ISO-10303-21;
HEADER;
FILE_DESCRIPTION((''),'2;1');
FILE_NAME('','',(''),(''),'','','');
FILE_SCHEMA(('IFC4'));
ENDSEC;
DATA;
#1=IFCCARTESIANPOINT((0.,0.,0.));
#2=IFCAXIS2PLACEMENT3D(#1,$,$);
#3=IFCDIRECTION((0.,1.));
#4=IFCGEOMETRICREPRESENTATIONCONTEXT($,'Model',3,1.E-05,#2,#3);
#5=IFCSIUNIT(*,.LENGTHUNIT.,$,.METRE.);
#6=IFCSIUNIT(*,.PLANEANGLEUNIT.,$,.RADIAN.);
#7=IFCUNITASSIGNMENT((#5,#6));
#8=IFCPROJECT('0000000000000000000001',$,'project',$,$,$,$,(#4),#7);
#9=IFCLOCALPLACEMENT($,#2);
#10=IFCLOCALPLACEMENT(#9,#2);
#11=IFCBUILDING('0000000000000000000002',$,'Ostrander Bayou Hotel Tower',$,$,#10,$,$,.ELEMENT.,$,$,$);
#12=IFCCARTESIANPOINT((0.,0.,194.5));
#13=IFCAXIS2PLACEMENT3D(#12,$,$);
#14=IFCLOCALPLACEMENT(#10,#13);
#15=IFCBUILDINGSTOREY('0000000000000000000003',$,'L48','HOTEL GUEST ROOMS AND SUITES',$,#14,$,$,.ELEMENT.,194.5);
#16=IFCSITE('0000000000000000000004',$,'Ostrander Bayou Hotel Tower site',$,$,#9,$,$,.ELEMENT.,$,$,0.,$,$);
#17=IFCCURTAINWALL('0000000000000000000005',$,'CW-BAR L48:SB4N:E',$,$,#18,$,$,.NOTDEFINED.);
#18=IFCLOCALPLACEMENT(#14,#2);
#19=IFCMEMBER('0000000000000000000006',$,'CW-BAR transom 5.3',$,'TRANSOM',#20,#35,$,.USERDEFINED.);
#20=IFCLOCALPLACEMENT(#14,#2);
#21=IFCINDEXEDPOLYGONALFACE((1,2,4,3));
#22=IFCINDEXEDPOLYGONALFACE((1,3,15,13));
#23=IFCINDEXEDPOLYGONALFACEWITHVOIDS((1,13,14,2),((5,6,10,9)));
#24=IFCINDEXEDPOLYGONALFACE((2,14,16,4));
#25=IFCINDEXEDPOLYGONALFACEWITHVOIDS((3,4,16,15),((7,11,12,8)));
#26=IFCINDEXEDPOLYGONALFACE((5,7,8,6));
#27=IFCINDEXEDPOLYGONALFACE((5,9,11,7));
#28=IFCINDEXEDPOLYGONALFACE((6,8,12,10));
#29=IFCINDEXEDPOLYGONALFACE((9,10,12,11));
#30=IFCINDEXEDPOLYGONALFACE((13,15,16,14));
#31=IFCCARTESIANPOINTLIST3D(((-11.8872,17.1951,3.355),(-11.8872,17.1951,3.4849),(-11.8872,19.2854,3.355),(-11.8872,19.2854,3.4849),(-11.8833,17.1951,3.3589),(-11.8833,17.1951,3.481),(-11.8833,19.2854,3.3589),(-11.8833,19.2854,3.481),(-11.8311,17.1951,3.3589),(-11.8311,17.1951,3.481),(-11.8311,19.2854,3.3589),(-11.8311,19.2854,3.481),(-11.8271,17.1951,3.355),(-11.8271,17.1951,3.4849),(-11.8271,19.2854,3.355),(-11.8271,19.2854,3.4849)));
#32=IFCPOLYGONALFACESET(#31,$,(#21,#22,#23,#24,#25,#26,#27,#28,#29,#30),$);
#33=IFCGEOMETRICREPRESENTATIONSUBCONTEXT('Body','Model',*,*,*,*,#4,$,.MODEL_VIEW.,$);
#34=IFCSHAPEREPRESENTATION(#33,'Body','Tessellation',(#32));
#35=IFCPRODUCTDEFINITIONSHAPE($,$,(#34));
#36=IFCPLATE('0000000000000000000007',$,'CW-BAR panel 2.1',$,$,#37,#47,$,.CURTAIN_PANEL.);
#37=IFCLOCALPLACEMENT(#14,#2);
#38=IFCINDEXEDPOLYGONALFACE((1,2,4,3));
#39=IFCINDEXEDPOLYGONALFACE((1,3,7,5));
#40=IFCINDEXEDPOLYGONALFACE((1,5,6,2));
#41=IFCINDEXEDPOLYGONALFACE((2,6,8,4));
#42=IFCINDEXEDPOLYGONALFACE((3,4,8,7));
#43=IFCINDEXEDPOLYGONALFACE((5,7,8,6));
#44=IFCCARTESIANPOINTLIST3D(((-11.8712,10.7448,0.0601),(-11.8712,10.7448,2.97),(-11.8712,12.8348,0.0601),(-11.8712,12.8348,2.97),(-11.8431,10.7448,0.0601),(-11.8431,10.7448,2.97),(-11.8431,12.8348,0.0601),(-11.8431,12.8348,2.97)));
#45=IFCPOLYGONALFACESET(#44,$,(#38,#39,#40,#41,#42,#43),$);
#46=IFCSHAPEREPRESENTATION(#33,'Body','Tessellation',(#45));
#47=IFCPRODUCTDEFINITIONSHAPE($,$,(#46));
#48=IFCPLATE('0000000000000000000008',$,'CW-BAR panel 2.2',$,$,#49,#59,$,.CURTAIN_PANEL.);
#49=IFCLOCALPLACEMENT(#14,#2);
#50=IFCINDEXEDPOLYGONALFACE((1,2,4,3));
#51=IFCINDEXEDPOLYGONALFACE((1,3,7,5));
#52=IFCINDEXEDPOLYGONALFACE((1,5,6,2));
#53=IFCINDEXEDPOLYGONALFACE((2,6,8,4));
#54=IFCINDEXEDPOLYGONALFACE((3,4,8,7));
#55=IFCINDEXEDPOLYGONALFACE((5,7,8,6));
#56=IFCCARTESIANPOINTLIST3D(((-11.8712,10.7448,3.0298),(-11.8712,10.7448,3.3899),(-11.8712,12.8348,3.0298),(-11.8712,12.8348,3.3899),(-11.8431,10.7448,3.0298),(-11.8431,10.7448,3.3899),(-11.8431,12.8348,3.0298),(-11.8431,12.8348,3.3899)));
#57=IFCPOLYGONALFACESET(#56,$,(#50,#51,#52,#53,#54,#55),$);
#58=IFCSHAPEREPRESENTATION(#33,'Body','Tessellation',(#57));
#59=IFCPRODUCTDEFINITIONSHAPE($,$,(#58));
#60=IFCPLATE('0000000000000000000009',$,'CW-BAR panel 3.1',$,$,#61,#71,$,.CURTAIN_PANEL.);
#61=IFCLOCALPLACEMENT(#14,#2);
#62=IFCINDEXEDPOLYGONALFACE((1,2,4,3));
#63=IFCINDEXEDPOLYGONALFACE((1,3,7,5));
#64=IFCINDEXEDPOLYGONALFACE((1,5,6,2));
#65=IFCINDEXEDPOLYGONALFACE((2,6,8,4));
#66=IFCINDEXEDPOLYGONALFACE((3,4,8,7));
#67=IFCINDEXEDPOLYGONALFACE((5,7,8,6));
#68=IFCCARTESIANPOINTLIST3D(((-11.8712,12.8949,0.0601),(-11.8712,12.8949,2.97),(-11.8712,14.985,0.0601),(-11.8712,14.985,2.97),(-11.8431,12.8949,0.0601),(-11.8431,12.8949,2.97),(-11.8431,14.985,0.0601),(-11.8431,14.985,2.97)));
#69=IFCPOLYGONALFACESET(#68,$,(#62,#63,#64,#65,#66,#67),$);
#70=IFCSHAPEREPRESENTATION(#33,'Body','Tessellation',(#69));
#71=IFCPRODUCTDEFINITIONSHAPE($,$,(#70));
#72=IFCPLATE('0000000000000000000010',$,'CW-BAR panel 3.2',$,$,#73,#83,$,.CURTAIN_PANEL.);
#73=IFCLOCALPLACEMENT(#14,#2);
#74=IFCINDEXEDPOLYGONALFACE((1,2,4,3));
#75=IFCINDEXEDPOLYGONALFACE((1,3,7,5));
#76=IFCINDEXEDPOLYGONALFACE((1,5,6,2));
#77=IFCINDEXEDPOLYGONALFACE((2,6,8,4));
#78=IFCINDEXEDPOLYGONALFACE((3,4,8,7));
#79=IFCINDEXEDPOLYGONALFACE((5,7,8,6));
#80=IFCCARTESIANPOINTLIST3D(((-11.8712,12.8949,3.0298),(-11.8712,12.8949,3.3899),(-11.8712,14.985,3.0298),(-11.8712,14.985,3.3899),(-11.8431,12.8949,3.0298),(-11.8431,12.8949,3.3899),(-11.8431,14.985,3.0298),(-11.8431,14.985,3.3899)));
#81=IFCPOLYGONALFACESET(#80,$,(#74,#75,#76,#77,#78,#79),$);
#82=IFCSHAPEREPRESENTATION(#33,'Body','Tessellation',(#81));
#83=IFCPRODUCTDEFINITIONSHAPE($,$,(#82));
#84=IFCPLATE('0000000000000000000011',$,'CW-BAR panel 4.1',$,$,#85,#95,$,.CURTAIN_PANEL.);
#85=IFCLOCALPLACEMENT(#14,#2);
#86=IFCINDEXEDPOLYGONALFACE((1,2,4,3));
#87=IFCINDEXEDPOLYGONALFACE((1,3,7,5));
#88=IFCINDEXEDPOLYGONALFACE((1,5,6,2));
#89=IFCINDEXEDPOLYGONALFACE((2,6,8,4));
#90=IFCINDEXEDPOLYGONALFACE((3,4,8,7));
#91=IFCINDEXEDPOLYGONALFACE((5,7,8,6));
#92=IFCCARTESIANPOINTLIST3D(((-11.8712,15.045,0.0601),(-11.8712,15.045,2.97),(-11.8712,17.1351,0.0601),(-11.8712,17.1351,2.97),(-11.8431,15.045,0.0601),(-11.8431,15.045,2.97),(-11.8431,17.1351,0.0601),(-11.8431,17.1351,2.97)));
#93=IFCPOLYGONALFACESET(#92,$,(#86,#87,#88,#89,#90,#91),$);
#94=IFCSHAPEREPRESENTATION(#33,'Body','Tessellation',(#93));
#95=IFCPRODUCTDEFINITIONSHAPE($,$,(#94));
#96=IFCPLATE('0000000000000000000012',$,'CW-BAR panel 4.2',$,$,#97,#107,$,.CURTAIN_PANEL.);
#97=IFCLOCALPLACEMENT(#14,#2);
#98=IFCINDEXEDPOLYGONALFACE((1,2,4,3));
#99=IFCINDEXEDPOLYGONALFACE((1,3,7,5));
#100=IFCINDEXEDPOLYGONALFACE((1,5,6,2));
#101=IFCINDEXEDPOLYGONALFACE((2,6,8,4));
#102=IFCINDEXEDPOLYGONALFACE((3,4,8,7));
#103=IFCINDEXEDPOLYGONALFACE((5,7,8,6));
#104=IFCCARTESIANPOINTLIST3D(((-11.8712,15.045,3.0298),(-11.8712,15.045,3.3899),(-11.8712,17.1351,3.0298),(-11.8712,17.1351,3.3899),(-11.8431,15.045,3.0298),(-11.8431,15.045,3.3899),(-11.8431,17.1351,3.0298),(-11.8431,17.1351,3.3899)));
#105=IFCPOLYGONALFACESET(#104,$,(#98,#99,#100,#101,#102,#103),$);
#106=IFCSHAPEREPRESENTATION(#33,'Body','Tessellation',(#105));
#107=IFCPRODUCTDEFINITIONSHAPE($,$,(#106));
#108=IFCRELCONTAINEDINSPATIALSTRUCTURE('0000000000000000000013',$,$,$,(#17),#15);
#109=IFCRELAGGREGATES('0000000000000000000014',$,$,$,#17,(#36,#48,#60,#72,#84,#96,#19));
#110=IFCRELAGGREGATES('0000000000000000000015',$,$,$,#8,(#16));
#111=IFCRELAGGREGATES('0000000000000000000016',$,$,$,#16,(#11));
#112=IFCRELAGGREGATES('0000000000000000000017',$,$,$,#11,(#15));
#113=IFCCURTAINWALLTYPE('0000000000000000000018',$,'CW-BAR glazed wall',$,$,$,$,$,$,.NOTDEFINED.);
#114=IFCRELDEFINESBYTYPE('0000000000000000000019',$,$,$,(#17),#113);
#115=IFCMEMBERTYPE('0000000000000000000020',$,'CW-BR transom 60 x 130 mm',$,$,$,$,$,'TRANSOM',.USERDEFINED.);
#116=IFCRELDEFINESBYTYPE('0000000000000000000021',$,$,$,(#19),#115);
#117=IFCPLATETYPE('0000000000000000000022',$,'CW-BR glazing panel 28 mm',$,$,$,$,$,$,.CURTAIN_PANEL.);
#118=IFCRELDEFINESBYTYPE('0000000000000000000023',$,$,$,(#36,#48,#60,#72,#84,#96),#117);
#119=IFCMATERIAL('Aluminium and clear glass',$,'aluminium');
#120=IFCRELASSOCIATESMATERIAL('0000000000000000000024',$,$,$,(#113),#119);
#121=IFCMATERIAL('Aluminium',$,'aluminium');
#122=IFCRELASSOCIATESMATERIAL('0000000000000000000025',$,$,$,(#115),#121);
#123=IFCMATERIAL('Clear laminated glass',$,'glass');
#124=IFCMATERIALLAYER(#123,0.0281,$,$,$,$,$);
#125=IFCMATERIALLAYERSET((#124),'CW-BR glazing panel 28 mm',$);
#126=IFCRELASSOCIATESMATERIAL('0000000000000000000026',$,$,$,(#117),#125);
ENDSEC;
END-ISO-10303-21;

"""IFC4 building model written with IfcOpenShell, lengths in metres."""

from ifc_helpers import new_model, si_unit, direction, frame, origin, origin_2d, place, context, subcontext, project, spatial, rectangle, hollow_rectangle, extrude, material, layer, layer_set, material_profile, profile_set, type_object, element, aggregate, save


model = new_model("IFC4")

# Units and contexts
model_context = context("Model", 3, precision=1e-05, world=origin(), true_north=direction((0.0, 1.0)))
body_context = subcontext(model_context, "Body", "Model", "MODEL_VIEW")
ifc_project = project(units=[si_unit("LENGTHUNIT", "METRE"), si_unit("PLANEANGLEUNIT", "RADIAN")], contexts=[model_context])

# Site, building, storey
site_placement = place(None, origin())
site = spatial("IfcSite", under=ifc_project, at=site_placement, Name="Ostrander Bayou Hotel Tower site", CompositionType="ELEMENT", RefElevation=0.0)
building_placement = place(site_placement, origin())
building = spatial("IfcBuilding", under=site, at=building_placement, Name="Ostrander Bayou Hotel Tower", CompositionType="ELEMENT")
storey_placement = place(building_placement, frame((0.0, 0.0, 194.5)))
storey = spatial("IfcBuildingStorey", under=building, at=storey_placement, Name="L48", Description="HOTEL GUEST ROOMS AND SUITES", CompositionType="ELEMENT", Elevation=194.5)

# Curtain wall, member, plates
ifc_material_1 = material(Name="Aluminium and clear glass", Category="aluminium")
curtain_wall_type = type_object("IfcCurtainWallType", Name="CW-BAR glazed wall", PredefinedType="NOTDEFINED", material=ifc_material_1)
curtain_wall_placement = place(storey_placement, origin())
curtain_wall = element("IfcCurtainWall", 1, at=curtain_wall_placement, inside=storey, type_object=curtain_wall_type, Name="CW-BAR L48:SB4N:E", PredefinedType="NOTDEFINED")
ifc_material_2 = material(Name="Aluminium", Category="aluminium")
ifc_material_profile = material_profile(ifc_material_2, hollow_rectangle(XDim=0.0601, YDim=0.1299, WallThickness=0.0039, at=origin_2d()))
ifc_profile_set = profile_set([ifc_material_profile], Name="Aluminium")
member_type = type_object("IfcMemberType", Name="CW-BR transom 60 x 130 mm", ElementType="TRANSOM", PredefinedType="USERDEFINED", material=ifc_profile_set)
member_1_placement = place(storey_placement, frame((-11.8572, 17.1951, 3.4199), z_axis=(0.0, 1.0, 0.0), x_axis=(-1.0, 0.0, 0.0)))
member_1 = element("IfcMember", 2, at=member_1_placement, type_object=member_type, Name="CW-BAR transom 5.3", ObjectType="TRANSOM", PredefinedType="USERDEFINED", context=body_context, shape_type="SweptSolid", body=[
    extrude(hollow_rectangle(XDim=0.0601, YDim=0.1299, WallThickness=0.0039, at=origin_2d()), origin(), (0.0, 0.0, 1.0), 2.0903),
])
ifc_material_3 = material(Name="Clear laminated glass", Category="glass")
ifc_layer = layer(ifc_material_3, 0.0281)
ifc_layer_set = layer_set([ifc_layer], Name="CW-BR glazing panel 28 mm")
plate_type = type_object("IfcPlateType", Name="CW-BR glazing panel 28 mm", PredefinedType="CURTAIN_PANEL", material=ifc_layer_set)
plate_1_placement = place(storey_placement, frame((-11.8572, 11.7898, 0.0601), z_axis=(0.0, 0.0, 1.0), x_axis=(0.0, 1.0, 0.0)))
plate_1 = element("IfcPlate", 3, at=plate_1_placement, type_object=plate_type, Name="CW-BAR panel 2.1", PredefinedType="CURTAIN_PANEL", context=body_context, shape_type="SweptSolid", body=[
    extrude(rectangle(XDim=2.0901, YDim=0.0281, at=origin_2d()), origin(), (0.0, 0.0, 1.0), 2.9099),
])
plate_2_placement = place(storey_placement, frame((-11.8572, 11.7898, 3.0298), z_axis=(0.0, 0.0, 1.0), x_axis=(0.0, 1.0, 0.0)))
plate_2 = element("IfcPlate", 4, at=plate_2_placement, type_object=plate_type, Name="CW-BAR panel 2.2", PredefinedType="CURTAIN_PANEL", context=body_context, shape_type="SweptSolid", body=[
    extrude(rectangle(XDim=2.0901, YDim=0.0281, at=origin_2d()), origin(), (0.0, 0.0, 1.0), 0.3601),
])
plate_3_placement = place(storey_placement, frame((-11.8572, 13.9399, 0.0601), z_axis=(0.0, 0.0, 1.0), x_axis=(0.0, 1.0, 0.0)))
plate_3 = element("IfcPlate", 5, at=plate_3_placement, type_object=plate_type, Name="CW-BAR panel 3.1", PredefinedType="CURTAIN_PANEL", context=body_context, shape_type="SweptSolid", body=[
    extrude(rectangle(XDim=2.0901, YDim=0.0281, at=origin_2d()), origin(), (0.0, 0.0, 1.0), 2.9099),
])
plate_4_placement = place(storey_placement, frame((-11.8572, 13.9399, 3.0298), z_axis=(0.0, 0.0, 1.0), x_axis=(0.0, 1.0, 0.0)))
plate_4 = element("IfcPlate", 6, at=plate_4_placement, type_object=plate_type, Name="CW-BAR panel 3.2", PredefinedType="CURTAIN_PANEL", context=body_context, shape_type="SweptSolid", body=[
    extrude(rectangle(XDim=2.0901, YDim=0.0281, at=origin_2d()), origin(), (0.0, 0.0, 1.0), 0.3601),
])
plate_5_placement = place(storey_placement, frame((-11.8572, 16.0901, 0.0601), z_axis=(0.0, 0.0, 1.0), x_axis=(0.0, 1.0, 0.0)))
plate_5 = element("IfcPlate", 7, at=plate_5_placement, type_object=plate_type, Name="CW-BAR panel 4.1", PredefinedType="CURTAIN_PANEL", context=body_context, shape_type="SweptSolid", body=[
    extrude(rectangle(XDim=2.0901, YDim=0.0281, at=origin_2d()), origin(), (0.0, 0.0, 1.0), 2.9099),
])
plate_6_placement = place(storey_placement, frame((-11.8572, 16.0901, 3.0298), z_axis=(0.0, 0.0, 1.0), x_axis=(0.0, 1.0, 0.0)))
plate_6 = element("IfcPlate", 8, at=plate_6_placement, type_object=plate_type, Name="CW-BAR panel 4.2", PredefinedType="CURTAIN_PANEL", context=body_context, shape_type="SweptSolid", body=[
    extrude(rectangle(XDim=2.0901, YDim=0.0281, at=origin_2d()), origin(), (0.0, 0.0, 1.0), 0.3601),
])
aggregate(curtain_wall, [plate_1, plate_2, plate_3, plate_4, plate_5, plate_6, member_1])

save(model, "model.ifc")
